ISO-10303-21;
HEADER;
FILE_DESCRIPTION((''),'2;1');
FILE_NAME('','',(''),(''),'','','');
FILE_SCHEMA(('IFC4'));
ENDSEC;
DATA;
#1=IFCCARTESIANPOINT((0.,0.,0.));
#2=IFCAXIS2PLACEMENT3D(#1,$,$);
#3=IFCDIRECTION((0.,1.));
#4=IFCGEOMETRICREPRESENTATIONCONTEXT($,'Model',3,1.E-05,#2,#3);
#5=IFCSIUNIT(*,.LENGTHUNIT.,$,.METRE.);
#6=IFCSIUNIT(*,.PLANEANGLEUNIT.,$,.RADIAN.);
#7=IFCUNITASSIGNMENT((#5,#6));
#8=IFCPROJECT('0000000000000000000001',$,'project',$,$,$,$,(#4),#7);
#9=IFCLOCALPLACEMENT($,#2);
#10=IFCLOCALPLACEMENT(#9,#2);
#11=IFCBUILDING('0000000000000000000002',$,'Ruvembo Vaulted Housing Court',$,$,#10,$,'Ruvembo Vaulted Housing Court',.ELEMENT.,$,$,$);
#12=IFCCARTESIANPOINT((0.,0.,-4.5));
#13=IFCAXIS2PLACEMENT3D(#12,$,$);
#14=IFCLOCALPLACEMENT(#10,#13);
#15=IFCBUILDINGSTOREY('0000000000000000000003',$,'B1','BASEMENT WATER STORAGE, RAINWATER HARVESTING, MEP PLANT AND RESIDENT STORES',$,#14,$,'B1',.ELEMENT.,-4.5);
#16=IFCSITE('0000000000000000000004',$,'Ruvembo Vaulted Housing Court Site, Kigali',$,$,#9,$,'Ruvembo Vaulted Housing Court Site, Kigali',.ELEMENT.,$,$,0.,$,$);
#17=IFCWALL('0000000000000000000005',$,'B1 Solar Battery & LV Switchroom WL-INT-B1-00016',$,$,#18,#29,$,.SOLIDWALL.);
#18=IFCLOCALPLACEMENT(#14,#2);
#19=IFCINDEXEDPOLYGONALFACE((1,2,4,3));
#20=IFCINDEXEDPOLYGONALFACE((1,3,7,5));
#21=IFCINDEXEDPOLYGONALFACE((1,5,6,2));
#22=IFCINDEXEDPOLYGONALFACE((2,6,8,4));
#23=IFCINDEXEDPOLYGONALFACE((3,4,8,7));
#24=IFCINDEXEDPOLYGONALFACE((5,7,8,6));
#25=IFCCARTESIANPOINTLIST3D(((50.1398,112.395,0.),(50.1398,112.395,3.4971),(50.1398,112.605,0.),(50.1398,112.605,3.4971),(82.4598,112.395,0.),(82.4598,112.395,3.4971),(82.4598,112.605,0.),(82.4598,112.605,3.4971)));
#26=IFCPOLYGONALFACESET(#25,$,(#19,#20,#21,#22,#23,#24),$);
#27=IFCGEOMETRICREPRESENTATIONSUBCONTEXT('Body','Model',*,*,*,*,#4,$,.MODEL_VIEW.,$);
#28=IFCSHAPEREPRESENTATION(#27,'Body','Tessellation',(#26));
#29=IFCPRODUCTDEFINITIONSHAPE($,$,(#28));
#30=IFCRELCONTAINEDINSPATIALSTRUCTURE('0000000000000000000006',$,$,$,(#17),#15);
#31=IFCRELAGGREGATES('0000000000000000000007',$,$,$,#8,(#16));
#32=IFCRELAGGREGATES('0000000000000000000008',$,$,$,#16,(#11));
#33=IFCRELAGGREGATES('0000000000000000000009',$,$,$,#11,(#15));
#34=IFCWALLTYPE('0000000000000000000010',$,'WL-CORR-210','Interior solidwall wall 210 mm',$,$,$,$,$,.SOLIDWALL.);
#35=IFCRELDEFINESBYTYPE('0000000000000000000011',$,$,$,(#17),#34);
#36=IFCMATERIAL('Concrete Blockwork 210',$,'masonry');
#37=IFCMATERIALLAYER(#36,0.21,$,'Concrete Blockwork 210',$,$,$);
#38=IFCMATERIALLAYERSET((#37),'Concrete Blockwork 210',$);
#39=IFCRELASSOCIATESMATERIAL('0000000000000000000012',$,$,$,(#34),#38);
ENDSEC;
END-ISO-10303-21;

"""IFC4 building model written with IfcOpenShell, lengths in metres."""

from ifc_helpers import new_model, si_unit, direction, frame, frame_2d, origin, place, context, subcontext, project, spatial, rectangle, extrude, material, layer, layer_set, type_object, element, save


model = new_model("IFC4")

# Units and contexts
model_context = context("Model", 3, precision=1e-05, world=origin(), true_north=direction((0.0, 1.0)))
body_context = subcontext(model_context, "Body", "Model", "MODEL_VIEW")
ifc_project = project(units=[si_unit("LENGTHUNIT", "METRE"), si_unit("PLANEANGLEUNIT", "RADIAN")], contexts=[model_context])

# Site, building, storey
site_placement = place(None, origin())
site = spatial("IfcSite", under=ifc_project, at=site_placement, Name="Ruvembo Vaulted Housing Court Site, Kigali", LongName="Ruvembo Vaulted Housing Court Site, Kigali", CompositionType="ELEMENT", RefElevation=0.0)
building_placement = place(site_placement, origin())
building = spatial("IfcBuilding", under=site, at=building_placement, Name="Ruvembo Vaulted Housing Court", LongName="Ruvembo Vaulted Housing Court", CompositionType="ELEMENT")
storey_placement = place(building_placement, frame((0.0, 0.0, -4.5)))
storey = spatial("IfcBuildingStorey", under=building, at=storey_placement, Name="B1", Description="BASEMENT WATER STORAGE, RAINWATER HARVESTING, MEP PLANT AND RESIDENT STORES", LongName="B1", CompositionType="ELEMENT", Elevation=-4.5)

# Wall
ifc_material_1 = material(Name="Concrete Blockwork 210", Category="masonry")
ifc_layer = layer(ifc_material_1, 0.21, Name="Concrete Blockwork 210")
ifc_layer_set = layer_set([ifc_layer], Name="Concrete Blockwork 210")
wall_type = type_object("IfcWallType", Name="WL-CORR-210", Description="Interior solidwall wall 210 mm", PredefinedType="SOLIDWALL", material=ifc_layer_set)
wall_1_placement = place(storey_placement, frame((82.46, 112.5, 0.0), z_axis=(0.0, 0.0, 1.0), x_axis=(-1.0, 0.0, 0.0)))
element("IfcWall", 1, at=wall_1_placement, inside=storey, type_object=wall_type, Name="B1 Solar Battery & LV Switchroom WL-INT-B1-00016", PredefinedType="SOLIDWALL", context=body_context, shape_type="SweptSolid", body=[
    extrude(rectangle(XDim=32.3201, YDim=0.21, at=frame_2d((16.1602, 0.0))), origin(), (0.0, 0.0, 1.0), 3.4971),
])

save(model, "model.ifc")
